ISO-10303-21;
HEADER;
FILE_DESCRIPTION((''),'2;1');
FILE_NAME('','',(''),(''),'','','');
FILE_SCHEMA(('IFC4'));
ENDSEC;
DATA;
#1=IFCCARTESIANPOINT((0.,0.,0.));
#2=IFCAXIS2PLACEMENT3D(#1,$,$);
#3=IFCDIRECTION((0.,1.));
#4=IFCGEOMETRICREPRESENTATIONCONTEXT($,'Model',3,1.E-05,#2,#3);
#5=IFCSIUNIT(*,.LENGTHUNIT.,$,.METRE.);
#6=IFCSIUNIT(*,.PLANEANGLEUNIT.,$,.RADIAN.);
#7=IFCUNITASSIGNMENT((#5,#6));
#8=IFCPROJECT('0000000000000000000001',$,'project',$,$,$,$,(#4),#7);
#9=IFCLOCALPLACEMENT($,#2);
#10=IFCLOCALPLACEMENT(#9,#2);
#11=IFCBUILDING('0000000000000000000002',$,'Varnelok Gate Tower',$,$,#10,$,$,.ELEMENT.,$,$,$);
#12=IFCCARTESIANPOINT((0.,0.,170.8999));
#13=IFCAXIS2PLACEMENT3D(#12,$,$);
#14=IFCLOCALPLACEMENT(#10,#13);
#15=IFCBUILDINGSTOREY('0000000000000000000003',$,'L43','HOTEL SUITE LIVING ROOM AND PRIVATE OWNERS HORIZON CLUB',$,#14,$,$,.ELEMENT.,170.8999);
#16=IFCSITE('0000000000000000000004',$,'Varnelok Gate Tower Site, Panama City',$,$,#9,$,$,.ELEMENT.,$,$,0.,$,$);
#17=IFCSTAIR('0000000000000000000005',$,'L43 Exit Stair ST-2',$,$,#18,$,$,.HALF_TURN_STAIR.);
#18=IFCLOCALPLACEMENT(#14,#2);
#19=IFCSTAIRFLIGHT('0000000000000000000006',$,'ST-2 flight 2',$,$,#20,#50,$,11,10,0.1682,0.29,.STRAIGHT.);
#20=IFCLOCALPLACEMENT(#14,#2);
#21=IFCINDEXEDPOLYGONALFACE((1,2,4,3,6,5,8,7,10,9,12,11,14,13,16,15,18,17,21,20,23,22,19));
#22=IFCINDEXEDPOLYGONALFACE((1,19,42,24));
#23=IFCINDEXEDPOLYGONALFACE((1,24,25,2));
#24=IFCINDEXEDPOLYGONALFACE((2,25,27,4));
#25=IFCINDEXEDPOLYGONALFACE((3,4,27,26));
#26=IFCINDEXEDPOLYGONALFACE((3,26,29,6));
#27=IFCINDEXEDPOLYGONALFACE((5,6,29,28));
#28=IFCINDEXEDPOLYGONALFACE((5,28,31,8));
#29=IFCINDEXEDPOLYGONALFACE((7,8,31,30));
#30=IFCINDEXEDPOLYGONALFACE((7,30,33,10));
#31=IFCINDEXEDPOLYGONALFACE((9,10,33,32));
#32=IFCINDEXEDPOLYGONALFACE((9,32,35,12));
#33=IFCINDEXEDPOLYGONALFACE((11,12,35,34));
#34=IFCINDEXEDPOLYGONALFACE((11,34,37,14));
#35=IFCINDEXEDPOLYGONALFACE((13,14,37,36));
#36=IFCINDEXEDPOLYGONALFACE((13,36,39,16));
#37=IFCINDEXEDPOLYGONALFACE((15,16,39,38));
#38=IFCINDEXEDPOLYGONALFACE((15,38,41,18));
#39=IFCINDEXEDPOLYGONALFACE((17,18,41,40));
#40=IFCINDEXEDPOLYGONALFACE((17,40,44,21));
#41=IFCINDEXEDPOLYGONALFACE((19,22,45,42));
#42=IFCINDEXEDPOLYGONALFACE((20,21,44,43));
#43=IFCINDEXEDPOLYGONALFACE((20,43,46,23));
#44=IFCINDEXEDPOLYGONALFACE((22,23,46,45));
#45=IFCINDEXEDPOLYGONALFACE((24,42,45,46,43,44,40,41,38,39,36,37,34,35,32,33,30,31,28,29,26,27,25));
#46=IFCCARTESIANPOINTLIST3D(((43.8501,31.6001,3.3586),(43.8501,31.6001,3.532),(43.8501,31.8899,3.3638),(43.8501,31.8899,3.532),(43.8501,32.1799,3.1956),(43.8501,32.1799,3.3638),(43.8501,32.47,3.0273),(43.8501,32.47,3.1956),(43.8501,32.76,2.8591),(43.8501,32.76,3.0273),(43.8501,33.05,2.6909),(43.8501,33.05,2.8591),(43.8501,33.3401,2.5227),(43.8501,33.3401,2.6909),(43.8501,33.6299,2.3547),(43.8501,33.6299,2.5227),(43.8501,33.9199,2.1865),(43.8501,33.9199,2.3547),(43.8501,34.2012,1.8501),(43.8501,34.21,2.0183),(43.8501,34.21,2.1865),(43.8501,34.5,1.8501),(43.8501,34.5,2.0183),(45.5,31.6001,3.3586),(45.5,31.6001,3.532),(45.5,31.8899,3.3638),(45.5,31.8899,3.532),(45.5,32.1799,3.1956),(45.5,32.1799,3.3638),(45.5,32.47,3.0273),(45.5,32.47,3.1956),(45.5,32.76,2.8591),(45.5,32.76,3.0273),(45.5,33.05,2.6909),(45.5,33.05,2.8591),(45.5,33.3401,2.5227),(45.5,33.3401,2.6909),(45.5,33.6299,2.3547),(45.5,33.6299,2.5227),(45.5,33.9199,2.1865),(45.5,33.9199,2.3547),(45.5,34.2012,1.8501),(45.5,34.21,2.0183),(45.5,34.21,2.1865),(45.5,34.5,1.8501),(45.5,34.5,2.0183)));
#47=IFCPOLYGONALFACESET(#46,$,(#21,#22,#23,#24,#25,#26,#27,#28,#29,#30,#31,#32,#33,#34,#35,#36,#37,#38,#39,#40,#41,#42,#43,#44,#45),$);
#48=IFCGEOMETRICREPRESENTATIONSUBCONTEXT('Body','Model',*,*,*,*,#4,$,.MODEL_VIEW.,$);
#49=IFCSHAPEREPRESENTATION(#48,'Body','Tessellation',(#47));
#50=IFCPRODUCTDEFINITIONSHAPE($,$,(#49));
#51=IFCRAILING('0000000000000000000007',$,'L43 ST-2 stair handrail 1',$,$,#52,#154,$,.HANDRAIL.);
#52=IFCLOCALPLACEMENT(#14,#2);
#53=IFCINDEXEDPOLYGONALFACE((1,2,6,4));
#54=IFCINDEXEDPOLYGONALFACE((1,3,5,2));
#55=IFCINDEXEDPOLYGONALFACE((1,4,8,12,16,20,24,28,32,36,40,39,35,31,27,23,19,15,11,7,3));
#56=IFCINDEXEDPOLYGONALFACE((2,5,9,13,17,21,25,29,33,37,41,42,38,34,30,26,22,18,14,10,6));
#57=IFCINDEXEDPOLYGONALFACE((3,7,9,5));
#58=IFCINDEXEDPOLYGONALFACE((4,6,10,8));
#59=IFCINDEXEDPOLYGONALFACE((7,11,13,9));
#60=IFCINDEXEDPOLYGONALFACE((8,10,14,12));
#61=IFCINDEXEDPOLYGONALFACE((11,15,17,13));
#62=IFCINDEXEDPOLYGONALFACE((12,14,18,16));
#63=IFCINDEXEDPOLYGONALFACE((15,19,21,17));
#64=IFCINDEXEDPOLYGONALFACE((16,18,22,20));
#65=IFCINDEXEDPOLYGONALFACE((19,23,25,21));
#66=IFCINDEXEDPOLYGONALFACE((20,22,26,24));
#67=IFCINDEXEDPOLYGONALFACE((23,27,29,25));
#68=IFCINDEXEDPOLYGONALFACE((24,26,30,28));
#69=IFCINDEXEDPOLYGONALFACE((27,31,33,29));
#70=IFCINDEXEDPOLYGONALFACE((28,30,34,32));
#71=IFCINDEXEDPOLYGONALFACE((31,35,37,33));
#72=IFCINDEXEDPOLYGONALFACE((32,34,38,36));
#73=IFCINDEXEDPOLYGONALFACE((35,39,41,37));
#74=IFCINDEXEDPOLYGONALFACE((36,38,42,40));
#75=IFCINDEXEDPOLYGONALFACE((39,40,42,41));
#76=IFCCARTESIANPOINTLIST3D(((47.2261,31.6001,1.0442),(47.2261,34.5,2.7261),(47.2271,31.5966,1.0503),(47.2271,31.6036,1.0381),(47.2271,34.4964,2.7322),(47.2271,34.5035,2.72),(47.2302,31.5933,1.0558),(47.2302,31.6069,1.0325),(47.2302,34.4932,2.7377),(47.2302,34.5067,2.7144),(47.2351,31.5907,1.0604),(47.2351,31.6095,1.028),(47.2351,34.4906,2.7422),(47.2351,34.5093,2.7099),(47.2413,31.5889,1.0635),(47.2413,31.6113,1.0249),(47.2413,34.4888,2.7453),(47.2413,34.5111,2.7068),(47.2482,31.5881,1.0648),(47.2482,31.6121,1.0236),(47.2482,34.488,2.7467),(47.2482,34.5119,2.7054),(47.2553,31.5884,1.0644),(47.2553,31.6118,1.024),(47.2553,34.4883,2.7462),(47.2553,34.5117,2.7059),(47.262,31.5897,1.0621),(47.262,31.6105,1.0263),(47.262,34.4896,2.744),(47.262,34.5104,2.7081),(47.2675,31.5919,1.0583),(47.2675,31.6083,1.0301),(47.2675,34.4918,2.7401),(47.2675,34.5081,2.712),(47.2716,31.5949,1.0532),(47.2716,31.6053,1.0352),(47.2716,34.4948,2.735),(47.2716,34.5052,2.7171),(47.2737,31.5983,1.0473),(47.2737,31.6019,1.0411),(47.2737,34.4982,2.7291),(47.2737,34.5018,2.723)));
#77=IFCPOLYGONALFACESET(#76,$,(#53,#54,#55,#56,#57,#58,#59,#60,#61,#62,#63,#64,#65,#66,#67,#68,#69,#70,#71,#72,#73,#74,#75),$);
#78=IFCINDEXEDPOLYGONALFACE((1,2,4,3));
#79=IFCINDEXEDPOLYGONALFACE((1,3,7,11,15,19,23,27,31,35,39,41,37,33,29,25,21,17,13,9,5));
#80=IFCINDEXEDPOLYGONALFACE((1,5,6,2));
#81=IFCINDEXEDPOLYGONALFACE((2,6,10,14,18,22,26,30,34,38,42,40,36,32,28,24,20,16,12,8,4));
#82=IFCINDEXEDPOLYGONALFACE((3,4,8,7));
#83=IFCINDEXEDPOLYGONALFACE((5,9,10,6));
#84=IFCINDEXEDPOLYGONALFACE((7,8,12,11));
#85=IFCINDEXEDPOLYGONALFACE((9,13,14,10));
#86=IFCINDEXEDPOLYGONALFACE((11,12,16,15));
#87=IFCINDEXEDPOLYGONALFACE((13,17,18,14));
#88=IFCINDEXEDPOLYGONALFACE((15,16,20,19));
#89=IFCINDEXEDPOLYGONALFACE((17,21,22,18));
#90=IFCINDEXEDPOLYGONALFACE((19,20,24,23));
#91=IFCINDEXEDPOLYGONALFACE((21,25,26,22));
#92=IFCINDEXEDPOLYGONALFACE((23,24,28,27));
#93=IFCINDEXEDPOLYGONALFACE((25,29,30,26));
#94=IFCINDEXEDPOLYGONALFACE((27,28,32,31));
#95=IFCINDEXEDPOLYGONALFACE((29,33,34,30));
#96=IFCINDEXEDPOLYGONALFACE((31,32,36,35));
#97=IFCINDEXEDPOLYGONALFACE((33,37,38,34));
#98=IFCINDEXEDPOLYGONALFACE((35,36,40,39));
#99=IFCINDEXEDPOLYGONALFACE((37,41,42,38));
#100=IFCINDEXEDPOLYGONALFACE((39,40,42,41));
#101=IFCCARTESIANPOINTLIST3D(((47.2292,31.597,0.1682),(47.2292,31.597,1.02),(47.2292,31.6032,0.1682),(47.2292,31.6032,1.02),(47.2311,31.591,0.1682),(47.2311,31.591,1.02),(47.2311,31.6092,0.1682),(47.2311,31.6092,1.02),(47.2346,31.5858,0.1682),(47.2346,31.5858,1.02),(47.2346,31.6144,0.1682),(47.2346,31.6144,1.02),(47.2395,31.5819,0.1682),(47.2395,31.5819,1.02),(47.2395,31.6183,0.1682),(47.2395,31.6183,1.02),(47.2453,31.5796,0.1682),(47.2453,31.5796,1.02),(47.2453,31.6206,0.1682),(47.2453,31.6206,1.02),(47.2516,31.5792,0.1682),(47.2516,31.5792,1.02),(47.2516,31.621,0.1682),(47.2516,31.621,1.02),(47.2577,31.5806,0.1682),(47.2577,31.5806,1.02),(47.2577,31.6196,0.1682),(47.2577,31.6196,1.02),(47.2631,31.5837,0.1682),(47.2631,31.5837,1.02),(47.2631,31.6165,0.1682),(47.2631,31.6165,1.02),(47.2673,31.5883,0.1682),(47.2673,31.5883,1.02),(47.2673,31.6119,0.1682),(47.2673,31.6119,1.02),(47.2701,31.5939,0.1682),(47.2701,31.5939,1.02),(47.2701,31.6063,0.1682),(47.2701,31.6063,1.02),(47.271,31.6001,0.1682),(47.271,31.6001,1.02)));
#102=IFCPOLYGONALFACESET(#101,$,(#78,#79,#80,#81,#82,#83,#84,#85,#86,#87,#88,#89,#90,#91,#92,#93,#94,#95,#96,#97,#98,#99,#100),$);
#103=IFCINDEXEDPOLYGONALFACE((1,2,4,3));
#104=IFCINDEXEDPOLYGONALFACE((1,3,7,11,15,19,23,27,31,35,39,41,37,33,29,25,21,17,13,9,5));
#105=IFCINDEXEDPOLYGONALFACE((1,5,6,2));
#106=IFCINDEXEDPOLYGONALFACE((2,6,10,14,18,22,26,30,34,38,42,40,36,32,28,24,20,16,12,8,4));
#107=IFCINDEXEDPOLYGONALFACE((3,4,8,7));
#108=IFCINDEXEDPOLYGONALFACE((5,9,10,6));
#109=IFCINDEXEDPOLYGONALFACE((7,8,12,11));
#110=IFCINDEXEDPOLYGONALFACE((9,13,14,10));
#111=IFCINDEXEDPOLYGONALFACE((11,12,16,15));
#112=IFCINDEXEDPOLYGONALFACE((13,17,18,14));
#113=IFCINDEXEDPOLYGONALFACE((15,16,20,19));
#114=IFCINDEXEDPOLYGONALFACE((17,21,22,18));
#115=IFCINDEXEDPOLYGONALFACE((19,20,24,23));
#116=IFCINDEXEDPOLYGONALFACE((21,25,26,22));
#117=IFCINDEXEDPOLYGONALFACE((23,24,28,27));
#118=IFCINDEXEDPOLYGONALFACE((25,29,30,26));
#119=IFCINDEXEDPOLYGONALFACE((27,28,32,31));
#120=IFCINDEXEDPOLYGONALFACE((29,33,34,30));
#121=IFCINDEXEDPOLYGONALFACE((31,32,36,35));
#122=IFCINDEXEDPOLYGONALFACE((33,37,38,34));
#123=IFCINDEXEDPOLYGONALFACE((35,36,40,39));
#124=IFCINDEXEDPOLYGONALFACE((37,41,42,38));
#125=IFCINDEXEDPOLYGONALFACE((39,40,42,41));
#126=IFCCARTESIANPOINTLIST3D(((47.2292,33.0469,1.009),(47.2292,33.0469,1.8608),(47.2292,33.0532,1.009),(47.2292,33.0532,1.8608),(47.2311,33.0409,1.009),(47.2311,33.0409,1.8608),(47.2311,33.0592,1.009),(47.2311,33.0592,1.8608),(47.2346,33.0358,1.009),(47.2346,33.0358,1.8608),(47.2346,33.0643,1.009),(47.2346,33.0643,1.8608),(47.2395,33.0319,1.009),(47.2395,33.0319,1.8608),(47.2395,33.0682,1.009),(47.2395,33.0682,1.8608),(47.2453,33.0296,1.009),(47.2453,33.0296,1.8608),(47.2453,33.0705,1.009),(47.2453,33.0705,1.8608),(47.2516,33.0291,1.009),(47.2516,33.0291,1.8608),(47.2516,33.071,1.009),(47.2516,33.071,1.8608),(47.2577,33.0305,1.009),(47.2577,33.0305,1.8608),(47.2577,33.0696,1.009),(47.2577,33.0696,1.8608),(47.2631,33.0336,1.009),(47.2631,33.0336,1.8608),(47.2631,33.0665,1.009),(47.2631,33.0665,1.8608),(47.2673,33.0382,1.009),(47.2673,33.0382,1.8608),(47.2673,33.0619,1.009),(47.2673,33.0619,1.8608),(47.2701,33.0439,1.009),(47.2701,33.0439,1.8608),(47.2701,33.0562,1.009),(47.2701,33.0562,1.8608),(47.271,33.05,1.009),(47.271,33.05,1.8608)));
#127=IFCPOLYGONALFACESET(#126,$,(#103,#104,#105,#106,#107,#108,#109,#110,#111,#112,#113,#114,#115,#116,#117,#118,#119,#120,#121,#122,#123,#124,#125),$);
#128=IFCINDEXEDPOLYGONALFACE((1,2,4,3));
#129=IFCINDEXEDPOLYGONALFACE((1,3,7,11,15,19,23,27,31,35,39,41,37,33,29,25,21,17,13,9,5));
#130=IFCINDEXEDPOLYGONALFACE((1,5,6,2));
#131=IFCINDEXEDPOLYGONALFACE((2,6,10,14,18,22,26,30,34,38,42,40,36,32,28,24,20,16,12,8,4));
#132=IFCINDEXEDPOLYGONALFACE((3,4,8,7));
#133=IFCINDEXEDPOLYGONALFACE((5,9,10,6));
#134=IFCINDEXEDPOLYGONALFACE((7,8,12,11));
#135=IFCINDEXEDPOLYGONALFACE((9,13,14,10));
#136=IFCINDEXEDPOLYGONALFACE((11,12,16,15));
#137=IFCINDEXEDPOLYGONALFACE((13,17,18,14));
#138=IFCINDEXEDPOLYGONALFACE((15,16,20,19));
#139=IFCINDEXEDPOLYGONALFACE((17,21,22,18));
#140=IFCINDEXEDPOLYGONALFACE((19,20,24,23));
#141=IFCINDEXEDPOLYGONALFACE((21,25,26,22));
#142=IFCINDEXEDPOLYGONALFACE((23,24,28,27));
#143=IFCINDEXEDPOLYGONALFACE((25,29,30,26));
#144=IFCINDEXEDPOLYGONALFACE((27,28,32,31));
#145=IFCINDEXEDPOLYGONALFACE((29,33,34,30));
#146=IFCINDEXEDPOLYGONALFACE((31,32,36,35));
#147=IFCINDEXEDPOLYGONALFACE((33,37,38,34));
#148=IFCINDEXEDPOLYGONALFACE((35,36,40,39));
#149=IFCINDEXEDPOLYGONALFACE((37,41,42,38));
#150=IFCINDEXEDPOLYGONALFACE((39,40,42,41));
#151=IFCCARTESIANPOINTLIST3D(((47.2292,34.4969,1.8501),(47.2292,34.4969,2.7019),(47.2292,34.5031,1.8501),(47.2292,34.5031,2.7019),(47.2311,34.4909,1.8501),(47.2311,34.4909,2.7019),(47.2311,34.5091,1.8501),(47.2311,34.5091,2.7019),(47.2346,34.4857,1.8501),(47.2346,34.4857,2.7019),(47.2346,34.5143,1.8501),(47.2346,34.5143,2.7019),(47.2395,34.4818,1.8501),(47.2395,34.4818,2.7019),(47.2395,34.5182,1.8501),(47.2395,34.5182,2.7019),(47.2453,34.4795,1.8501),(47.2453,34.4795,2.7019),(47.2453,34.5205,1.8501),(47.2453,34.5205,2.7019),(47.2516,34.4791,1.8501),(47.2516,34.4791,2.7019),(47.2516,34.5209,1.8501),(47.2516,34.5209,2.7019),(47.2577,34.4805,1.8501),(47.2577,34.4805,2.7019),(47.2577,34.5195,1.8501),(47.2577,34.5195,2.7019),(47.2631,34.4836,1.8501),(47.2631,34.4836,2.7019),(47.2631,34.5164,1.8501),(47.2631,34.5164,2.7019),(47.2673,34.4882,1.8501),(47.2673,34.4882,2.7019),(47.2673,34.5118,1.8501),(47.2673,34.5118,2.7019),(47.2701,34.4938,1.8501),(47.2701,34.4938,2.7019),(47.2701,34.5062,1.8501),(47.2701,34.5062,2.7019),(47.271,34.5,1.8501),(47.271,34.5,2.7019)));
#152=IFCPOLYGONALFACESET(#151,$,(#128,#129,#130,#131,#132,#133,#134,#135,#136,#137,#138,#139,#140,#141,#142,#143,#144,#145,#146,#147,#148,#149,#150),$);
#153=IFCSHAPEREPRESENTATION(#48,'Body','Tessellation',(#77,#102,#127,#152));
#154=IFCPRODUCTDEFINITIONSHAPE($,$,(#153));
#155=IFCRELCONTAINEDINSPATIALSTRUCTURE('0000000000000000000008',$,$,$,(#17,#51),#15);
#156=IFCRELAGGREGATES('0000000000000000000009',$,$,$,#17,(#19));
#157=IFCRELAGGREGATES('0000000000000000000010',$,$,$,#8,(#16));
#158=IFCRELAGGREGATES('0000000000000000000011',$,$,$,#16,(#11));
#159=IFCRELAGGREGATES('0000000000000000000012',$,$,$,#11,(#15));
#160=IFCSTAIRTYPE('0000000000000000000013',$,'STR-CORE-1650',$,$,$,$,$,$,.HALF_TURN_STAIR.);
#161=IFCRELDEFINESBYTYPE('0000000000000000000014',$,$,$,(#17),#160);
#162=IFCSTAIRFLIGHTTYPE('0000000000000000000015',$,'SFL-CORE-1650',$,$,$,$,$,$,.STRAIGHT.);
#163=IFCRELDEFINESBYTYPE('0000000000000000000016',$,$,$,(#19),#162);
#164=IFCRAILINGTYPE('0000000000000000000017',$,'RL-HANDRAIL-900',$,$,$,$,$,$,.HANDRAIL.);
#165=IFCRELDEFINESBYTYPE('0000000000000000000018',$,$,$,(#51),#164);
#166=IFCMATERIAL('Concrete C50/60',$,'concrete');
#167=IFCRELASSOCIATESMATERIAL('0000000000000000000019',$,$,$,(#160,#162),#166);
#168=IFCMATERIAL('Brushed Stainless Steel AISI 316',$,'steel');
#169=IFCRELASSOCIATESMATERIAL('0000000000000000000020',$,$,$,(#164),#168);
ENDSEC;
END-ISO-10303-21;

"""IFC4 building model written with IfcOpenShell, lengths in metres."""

from ifc_helpers import new_model, si_unit, direction, frame, origin, origin_2d, place, context, subcontext, project, spatial, polyline, circle, outline, extrude, material, type_object, element, aggregate, save


model = new_model("IFC4")

# Units and contexts
model_context = context("Model", 3, precision=1e-05, world=origin(), true_north=direction((0.0, 1.0)))
body_context = subcontext(model_context, "Body", "Model", "MODEL_VIEW")
ifc_project = project(units=[si_unit("LENGTHUNIT", "METRE"), si_unit("PLANEANGLEUNIT", "RADIAN")], contexts=[model_context])

# Site, building, storey
site_placement = place(None, origin())
site = spatial("IfcSite", under=ifc_project, at=site_placement, Name="Varnelok Gate Tower Site, Panama City", CompositionType="ELEMENT", RefElevation=0.0)
building_placement = place(site_placement, origin())
building = spatial("IfcBuilding", under=site, at=building_placement, Name="Varnelok Gate Tower", CompositionType="ELEMENT")
storey_placement = place(building_placement, frame((0.0, 0.0, 170.8999)))
storey = spatial("IfcBuildingStorey", under=building, at=storey_placement, Name="L43", Description="HOTEL SUITE LIVING ROOM AND PRIVATE OWNERS HORIZON CLUB", CompositionType="ELEMENT", Elevation=170.8999)

# Stair, stair flight
ifc_material_1 = material(Name="Concrete C50/60", Category="concrete")
stair_type = type_object("IfcStairType", Name="STR-CORE-1650", PredefinedType="HALF_TURN_STAIR", material=ifc_material_1)
stair_placement = place(storey_placement, origin())
stair = element("IfcStair", 1, at=stair_placement, inside=storey, type_object=stair_type, Name="L43 Exit Stair ST-2", PredefinedType="HALF_TURN_STAIR")
stair_flight_type = type_object("IfcStairFlightType", Name="SFL-CORE-1650", PredefinedType="STRAIGHT", material=ifc_material_1)
stair_flight_1_placement = place(storey_placement, frame((44.675, 34.5, 1.8501), z_axis=(0.0, 0.0, 1.0), x_axis=(0.0, -1.0, 0.0)))
stair_flight_1 = element("IfcStairFlight", 2, at=stair_flight_1_placement, type_object=stair_flight_type, Name="ST-2 flight 2", NumberOfRisers=11, NumberOfTreads=10, PredefinedType="STRAIGHT", RiserHeight=0.1682, TreadLength=0.29, context=body_context, shape_type="SweptSolid", body=[
    extrude(outline(polyline([(0.0, 0.0), (0.0, 0.1682), (0.29, 0.1682), (0.29, 0.3364), (0.5801, 0.3364), (0.5801, 0.5046), (0.8701, 0.5046), (0.8701, 0.6726), (1.1599, 0.6726), (1.1599, 0.8408), (1.45, 0.8408), (1.45, 1.009), (1.74, 1.009), (1.74, 1.1772), (2.03, 1.1772), (2.03, 1.3455), (2.3201, 1.3455), (2.3201, 1.5137), (2.6101, 1.5137), (2.6101, 1.6819), (2.8999, 1.6819), (2.8999, 1.8501), (2.8999, 1.5085), (0.2988, 0.0), (0.0, 0.0)])), frame((0.0, 0.825, 0.0), z_axis=(0.0, -1.0, 0.0), x_axis=(1.0, 0.0, 0.0)), (0.0, 0.0, 1.0), 1.6499),
])
aggregate(stair, [stair_flight_1])

# Railing
ifc_material_2 = material(Name="Brushed Stainless Steel AISI 316", Category="steel")
railing_type_1 = type_object("IfcRailingType", Name="RL-HANDRAIL-900", PredefinedType="HANDRAIL", material=ifc_material_2)
railing_1_placement = place(storey_placement, frame((47.25, 31.6001, 0.1682)))
element("IfcRailing", 3, at=railing_1_placement, inside=storey, type_object=railing_type_1, Name="L43 ST-2 stair handrail 1", PredefinedType="HANDRAIL", context=body_context, shape_type="SweptSolid", body=[
    extrude(circle(Radius=0.0239, at=origin_2d()), frame((0.0, 0.0, 0.876), z_axis=(0.0, 0.865039, 0.501705), x_axis=(-1.0, 0.0, 0.0)), (0.0, 0.0, 1.0), 3.3523),
    extrude(circle(Radius=0.021, at=origin_2d()), origin(), (0.0, 0.0, 1.0), 0.8518),
    extrude(circle(Radius=0.021, at=origin_2d()), frame((0.0, 1.45, 0.8408)), (0.0, 0.0, 1.0), 0.8518),
    extrude(circle(Radius=0.021, at=origin_2d()), frame((0.0, 2.8999, 1.6819)), (0.0, 0.0, 1.0), 0.8518),
])

save(model, "model.ifc")
